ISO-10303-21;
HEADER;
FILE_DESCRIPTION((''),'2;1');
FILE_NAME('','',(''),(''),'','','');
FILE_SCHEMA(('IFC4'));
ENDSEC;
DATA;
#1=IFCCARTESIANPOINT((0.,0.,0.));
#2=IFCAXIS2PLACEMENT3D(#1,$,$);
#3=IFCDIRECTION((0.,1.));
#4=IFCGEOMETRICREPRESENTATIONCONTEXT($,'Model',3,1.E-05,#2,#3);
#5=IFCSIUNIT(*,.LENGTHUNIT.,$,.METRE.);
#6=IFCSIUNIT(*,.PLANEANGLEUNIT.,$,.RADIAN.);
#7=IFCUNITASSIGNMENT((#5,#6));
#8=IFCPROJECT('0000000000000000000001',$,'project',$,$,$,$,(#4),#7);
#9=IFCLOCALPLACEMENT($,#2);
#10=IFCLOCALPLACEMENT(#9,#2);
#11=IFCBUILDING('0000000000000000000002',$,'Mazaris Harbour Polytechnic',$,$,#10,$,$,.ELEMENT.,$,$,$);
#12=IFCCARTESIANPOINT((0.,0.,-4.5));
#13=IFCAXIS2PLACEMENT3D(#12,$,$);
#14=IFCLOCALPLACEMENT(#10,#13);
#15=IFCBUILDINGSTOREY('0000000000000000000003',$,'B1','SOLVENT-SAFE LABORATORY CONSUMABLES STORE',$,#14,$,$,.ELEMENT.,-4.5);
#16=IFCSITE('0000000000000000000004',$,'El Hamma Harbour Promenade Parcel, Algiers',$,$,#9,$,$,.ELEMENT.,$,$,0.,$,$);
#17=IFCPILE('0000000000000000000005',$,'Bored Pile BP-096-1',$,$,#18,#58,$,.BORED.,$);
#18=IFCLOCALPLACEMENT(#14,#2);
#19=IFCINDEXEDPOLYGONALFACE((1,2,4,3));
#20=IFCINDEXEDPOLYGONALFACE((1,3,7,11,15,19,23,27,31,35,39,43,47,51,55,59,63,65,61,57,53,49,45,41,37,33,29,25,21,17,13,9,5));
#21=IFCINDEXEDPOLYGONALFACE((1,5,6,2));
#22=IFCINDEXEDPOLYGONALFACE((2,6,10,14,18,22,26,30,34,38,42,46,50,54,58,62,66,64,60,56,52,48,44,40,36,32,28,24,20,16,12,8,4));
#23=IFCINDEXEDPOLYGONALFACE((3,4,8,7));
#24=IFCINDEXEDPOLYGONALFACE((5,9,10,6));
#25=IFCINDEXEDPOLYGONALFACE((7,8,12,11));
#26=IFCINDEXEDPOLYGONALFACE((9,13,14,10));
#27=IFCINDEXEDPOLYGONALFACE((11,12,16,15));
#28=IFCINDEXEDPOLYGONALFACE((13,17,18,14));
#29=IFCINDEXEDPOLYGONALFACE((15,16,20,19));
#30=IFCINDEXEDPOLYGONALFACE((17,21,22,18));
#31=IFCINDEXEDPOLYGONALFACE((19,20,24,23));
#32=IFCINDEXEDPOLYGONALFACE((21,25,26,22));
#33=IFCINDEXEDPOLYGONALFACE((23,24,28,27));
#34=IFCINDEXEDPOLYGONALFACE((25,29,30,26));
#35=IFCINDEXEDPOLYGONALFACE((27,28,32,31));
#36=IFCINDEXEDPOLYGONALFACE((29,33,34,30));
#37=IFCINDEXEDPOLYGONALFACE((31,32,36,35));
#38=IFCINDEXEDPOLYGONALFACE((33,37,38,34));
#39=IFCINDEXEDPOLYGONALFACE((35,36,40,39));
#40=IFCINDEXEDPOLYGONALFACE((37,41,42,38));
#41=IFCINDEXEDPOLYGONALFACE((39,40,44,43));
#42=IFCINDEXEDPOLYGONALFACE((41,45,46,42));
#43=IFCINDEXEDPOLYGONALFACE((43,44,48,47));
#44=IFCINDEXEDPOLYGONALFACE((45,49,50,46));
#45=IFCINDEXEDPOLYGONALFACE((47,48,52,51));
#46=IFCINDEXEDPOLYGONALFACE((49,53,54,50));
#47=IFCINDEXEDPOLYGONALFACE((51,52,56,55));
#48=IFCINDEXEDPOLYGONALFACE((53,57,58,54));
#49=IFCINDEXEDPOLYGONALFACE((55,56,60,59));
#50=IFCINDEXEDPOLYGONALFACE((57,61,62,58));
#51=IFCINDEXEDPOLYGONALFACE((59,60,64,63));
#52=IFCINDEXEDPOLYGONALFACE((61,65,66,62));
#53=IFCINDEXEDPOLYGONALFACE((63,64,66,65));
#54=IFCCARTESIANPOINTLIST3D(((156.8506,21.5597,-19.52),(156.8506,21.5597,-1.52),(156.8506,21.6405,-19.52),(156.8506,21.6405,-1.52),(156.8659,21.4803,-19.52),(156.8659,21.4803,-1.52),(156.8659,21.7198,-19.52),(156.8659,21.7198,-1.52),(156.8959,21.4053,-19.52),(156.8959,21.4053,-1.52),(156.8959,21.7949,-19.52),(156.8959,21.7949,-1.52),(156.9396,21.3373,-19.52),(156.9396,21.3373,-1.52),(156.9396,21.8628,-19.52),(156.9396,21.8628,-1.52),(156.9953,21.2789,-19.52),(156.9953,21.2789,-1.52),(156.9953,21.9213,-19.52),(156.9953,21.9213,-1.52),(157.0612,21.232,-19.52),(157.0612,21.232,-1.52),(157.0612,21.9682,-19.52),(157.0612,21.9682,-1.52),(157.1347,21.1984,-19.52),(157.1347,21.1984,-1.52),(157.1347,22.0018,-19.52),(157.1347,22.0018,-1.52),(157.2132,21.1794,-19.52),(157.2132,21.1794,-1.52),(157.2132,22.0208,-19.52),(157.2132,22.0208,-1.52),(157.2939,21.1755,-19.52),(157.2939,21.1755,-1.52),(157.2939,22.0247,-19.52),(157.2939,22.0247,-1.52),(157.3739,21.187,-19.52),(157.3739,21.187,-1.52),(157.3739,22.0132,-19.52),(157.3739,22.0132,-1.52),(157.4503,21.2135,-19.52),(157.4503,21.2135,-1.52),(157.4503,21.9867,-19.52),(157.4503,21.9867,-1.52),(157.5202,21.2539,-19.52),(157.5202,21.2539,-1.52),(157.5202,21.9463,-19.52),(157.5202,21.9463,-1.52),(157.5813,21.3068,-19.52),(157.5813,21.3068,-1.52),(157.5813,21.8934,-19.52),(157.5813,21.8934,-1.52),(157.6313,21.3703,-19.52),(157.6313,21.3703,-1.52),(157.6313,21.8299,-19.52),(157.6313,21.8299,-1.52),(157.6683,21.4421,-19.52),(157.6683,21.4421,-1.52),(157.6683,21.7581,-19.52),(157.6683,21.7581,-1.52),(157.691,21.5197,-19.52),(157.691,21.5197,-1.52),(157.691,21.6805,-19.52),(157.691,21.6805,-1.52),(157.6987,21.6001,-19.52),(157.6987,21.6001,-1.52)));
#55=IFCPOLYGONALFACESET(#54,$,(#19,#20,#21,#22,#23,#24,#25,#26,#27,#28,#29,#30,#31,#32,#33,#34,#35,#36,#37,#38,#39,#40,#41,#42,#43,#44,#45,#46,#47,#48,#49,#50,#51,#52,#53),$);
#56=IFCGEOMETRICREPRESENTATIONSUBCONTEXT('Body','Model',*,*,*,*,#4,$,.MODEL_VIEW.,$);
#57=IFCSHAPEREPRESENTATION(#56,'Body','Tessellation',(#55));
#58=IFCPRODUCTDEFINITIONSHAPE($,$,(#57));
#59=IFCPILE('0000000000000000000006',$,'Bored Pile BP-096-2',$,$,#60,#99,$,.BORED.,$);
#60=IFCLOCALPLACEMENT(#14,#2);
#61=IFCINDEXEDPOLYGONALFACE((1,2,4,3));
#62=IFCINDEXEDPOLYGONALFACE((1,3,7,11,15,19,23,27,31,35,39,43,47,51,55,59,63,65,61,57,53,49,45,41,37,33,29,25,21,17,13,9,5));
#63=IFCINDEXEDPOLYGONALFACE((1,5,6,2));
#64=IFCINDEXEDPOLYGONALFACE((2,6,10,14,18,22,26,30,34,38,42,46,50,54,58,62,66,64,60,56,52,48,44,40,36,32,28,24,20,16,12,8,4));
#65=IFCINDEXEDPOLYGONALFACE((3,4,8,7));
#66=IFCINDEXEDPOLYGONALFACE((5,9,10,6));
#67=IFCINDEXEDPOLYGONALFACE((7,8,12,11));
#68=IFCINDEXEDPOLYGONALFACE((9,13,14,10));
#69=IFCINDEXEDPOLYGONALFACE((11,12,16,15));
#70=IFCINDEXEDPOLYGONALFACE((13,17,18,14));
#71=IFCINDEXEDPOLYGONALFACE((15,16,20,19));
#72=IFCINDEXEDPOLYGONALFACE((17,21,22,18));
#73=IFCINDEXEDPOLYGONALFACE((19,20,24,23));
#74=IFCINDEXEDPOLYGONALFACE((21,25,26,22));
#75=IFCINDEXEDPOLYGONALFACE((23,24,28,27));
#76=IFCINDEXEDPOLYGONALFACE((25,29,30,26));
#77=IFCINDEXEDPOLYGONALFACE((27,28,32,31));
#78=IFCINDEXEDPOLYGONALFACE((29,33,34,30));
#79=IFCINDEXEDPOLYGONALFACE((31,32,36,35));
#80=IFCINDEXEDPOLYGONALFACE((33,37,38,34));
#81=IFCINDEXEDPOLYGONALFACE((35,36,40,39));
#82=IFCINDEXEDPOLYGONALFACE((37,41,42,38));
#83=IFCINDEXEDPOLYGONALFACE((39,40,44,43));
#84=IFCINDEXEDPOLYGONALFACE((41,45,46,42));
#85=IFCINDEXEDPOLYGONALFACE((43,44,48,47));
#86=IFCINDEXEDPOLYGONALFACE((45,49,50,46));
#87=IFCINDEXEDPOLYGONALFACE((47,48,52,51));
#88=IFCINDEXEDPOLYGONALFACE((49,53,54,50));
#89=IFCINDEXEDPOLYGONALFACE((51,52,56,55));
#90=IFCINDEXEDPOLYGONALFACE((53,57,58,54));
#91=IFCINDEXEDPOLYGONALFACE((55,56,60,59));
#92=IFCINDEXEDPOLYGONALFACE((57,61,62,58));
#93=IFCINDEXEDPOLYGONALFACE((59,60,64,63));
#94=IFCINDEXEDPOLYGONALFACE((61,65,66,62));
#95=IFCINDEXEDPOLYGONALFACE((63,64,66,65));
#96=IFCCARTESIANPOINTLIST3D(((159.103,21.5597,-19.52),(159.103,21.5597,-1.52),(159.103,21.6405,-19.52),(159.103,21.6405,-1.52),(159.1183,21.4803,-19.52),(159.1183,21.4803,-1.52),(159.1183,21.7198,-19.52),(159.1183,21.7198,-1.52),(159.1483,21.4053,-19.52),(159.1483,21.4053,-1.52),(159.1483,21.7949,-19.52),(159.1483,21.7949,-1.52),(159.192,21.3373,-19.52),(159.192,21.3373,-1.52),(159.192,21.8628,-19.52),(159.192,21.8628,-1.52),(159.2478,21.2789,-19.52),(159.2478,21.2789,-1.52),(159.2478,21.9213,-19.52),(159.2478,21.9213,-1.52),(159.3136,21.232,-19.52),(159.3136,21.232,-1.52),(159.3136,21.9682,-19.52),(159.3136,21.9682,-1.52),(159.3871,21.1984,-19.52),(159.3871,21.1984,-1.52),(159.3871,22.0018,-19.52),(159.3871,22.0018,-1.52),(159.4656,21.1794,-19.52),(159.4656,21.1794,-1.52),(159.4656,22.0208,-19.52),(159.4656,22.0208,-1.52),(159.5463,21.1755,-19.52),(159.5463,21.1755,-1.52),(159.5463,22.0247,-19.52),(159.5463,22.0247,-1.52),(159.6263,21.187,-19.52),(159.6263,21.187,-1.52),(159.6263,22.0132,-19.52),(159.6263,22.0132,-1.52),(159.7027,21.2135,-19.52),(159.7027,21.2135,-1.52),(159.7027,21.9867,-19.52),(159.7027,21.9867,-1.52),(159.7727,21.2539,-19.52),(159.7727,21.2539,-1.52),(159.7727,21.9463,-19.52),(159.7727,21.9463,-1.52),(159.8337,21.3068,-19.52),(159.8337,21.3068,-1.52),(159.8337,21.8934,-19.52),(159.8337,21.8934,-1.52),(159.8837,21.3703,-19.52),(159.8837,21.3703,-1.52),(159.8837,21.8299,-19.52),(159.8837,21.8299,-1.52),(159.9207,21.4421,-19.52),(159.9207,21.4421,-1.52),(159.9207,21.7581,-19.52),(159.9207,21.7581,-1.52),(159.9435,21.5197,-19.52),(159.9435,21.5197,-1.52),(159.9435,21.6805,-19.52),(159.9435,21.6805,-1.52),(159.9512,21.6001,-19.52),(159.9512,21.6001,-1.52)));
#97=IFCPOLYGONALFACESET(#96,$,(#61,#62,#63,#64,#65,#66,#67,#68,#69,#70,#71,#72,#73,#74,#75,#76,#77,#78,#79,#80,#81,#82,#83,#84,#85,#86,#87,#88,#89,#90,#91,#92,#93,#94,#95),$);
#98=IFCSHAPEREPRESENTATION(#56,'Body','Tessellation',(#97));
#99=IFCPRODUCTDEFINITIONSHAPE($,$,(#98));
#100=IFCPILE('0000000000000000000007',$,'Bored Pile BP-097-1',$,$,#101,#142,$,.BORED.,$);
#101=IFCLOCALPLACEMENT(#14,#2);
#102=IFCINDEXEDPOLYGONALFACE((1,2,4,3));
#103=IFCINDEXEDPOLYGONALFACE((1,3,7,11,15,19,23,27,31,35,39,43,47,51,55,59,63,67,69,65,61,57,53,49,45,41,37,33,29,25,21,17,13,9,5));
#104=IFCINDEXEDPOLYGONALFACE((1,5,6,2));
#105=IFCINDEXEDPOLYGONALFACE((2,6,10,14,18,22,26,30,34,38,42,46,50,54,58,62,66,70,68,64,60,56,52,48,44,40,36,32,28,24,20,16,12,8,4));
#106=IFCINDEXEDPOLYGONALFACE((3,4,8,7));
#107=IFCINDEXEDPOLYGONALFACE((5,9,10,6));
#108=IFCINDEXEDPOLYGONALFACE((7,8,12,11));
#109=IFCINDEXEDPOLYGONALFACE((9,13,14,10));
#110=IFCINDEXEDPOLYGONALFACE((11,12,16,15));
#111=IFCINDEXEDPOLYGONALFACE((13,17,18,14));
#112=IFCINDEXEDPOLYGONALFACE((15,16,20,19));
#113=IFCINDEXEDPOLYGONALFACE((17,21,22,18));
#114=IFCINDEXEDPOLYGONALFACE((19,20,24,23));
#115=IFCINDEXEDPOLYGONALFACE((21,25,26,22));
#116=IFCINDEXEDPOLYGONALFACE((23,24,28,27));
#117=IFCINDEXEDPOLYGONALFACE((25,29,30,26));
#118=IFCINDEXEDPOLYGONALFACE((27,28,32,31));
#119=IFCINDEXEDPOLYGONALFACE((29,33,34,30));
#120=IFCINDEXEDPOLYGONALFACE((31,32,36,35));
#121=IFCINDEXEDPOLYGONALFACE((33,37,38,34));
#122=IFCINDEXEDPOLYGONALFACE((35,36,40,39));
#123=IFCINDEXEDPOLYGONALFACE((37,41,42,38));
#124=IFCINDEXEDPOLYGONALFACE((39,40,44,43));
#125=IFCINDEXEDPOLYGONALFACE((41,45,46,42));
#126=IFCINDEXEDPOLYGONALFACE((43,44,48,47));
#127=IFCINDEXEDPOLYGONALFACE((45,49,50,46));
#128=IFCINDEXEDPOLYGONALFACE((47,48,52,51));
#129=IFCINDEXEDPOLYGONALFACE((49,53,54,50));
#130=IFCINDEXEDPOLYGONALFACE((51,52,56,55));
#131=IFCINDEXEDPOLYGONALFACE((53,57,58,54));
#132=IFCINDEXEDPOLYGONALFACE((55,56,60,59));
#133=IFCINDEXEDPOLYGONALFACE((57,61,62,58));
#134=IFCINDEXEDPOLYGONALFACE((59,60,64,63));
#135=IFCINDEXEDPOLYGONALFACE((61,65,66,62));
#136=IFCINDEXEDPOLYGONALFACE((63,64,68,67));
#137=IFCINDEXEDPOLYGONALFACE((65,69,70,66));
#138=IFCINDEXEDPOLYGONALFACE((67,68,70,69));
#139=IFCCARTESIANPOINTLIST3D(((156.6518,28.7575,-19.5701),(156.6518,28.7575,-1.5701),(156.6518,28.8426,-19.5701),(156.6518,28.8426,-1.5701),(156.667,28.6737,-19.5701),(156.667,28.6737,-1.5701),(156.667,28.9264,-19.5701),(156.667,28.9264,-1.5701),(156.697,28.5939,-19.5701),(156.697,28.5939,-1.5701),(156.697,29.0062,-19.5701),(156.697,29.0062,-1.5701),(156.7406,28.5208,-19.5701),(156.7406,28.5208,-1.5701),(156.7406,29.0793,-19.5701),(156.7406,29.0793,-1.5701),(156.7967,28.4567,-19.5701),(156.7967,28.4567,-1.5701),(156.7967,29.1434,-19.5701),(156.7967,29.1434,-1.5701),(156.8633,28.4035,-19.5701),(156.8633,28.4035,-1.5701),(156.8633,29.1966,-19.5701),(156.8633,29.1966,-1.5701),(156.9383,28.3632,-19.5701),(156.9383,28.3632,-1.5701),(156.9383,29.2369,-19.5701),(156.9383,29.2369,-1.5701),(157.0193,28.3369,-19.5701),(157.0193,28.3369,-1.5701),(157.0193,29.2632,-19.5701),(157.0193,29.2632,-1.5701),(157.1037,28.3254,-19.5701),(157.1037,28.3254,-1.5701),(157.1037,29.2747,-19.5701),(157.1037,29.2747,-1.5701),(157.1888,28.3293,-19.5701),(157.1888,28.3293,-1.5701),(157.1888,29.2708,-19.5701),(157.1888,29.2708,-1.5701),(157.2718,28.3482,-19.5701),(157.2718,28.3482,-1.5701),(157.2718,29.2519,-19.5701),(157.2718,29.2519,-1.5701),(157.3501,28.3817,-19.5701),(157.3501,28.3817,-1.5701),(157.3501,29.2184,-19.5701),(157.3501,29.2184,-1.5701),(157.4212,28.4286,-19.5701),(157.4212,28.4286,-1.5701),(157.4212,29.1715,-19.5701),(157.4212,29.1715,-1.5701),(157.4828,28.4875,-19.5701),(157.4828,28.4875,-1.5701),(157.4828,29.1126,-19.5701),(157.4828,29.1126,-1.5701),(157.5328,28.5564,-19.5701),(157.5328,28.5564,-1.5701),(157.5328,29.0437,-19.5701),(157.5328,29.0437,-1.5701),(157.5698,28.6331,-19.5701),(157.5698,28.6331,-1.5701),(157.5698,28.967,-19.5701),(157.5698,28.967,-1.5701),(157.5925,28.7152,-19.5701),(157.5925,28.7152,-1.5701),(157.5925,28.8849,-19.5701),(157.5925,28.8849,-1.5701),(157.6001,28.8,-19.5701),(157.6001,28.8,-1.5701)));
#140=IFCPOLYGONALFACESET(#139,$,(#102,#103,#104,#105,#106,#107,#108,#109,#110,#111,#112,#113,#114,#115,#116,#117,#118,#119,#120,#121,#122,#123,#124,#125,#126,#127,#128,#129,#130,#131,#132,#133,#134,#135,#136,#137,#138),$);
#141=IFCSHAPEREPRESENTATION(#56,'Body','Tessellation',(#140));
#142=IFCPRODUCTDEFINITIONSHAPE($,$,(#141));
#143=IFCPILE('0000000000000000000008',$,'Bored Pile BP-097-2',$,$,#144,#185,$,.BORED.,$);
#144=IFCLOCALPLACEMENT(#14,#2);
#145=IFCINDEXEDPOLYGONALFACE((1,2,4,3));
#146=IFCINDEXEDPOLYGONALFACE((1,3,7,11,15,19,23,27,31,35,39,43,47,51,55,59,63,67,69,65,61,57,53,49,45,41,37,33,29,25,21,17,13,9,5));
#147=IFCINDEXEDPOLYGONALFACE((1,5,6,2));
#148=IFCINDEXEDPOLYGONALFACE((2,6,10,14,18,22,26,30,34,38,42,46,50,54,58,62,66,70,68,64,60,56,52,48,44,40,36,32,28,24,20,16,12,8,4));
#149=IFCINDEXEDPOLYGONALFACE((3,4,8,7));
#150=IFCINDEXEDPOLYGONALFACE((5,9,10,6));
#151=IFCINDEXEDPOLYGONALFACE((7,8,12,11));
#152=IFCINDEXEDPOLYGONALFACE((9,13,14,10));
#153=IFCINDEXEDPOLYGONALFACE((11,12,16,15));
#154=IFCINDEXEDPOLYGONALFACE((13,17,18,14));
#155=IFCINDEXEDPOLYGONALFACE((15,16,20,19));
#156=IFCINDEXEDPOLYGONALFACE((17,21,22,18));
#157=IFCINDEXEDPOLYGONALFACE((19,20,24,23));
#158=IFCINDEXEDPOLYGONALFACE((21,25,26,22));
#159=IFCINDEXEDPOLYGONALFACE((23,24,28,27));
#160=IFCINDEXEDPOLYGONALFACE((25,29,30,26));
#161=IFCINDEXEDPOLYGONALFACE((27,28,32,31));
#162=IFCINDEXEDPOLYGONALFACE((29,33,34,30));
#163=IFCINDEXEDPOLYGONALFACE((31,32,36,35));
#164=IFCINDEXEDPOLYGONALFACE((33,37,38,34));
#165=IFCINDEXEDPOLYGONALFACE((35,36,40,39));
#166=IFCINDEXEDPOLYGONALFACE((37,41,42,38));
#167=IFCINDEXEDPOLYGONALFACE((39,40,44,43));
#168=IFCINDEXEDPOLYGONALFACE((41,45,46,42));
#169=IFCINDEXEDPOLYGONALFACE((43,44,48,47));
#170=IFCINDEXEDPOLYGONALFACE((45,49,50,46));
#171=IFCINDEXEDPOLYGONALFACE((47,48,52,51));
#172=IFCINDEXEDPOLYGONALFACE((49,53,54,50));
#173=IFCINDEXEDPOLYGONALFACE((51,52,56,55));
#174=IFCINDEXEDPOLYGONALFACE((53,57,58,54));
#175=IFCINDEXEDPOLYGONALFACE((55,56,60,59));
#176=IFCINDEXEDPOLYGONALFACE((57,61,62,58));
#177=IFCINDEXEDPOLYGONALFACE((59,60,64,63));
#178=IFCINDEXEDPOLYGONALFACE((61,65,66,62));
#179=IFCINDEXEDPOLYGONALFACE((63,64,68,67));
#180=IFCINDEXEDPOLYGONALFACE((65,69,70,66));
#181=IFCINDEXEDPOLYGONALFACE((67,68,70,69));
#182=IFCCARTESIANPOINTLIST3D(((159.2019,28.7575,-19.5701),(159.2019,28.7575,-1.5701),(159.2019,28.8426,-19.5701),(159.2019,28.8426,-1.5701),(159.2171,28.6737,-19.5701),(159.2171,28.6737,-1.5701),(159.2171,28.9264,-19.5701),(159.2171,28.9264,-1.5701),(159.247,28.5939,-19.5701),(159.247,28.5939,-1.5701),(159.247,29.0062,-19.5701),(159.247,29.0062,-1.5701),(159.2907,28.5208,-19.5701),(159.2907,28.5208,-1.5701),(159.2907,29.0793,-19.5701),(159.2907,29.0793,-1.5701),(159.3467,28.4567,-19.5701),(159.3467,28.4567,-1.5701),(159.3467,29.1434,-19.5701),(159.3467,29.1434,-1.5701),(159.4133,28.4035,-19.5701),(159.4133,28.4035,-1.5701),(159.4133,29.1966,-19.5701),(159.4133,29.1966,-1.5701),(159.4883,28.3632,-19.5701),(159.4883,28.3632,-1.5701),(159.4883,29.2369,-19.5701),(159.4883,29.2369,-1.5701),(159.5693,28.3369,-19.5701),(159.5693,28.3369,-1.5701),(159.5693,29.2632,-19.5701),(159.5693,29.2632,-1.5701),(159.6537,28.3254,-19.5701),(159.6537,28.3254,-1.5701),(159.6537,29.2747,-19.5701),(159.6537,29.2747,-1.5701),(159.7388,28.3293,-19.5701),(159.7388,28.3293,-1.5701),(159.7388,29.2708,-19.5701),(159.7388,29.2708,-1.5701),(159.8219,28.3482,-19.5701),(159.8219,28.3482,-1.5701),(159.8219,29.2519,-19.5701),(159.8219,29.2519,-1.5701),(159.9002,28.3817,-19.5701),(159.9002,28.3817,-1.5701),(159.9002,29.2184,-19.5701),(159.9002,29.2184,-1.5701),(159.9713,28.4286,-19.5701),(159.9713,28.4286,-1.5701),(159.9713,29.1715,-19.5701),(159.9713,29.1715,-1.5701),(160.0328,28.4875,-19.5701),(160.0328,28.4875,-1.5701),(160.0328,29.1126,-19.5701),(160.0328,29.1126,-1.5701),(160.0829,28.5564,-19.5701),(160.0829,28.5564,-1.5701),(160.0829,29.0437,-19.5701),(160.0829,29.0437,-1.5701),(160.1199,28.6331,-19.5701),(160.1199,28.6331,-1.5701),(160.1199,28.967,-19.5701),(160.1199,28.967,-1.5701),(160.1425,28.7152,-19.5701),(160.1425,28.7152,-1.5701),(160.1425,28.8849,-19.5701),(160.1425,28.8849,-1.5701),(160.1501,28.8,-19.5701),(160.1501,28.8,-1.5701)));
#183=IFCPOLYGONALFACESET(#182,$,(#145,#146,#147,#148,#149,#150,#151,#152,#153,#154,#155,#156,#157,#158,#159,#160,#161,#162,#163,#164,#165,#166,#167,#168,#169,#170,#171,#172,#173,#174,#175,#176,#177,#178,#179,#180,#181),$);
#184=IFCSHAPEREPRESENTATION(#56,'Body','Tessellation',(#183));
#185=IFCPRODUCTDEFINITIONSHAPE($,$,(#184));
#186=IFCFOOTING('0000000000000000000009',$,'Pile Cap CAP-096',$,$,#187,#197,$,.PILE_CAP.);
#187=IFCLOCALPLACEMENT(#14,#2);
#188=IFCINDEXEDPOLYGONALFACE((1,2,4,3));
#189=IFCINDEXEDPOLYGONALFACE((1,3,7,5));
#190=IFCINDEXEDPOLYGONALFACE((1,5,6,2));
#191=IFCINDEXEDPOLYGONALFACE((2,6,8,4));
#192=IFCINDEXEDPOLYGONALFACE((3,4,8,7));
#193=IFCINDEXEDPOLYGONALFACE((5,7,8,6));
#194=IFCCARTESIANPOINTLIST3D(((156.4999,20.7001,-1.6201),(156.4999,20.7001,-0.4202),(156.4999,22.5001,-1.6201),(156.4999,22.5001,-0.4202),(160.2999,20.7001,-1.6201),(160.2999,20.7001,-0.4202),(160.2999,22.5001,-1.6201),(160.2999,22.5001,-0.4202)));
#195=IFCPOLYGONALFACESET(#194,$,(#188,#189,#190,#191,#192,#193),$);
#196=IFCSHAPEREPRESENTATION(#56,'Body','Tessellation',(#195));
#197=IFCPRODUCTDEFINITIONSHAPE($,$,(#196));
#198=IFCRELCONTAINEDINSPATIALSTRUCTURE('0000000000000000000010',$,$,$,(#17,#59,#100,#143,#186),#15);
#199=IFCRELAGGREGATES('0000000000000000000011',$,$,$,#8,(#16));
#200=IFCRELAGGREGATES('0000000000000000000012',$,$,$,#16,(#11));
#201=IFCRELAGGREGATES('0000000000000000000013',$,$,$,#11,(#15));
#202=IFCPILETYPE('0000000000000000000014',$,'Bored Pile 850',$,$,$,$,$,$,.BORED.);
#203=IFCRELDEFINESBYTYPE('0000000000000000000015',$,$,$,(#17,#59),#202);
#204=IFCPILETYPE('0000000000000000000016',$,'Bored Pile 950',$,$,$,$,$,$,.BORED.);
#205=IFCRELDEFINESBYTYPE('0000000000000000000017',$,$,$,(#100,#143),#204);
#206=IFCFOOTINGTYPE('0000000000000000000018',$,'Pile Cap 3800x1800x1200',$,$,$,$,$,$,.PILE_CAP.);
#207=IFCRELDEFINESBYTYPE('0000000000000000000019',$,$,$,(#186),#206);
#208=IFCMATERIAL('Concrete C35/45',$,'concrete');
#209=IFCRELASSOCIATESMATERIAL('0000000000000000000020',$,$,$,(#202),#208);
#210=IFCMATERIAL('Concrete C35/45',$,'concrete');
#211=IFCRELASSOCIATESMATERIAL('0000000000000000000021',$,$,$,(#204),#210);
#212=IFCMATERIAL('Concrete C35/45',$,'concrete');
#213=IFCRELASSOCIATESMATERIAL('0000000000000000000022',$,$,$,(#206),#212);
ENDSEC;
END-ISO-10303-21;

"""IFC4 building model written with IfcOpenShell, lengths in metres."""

from ifc_helpers import new_model, si_unit, direction, frame, origin, origin_2d, place, context, subcontext, project, spatial, rectangle, circle, extrude, material, material_profile, profile_set, type_object, element, save


model = new_model("IFC4")

# Units and contexts
model_context = context("Model", 3, precision=1e-05, world=origin(), true_north=direction((0.0, 1.0)))
body_context = subcontext(model_context, "Body", "Model", "MODEL_VIEW")
ifc_project = project(units=[si_unit("LENGTHUNIT", "METRE"), si_unit("PLANEANGLEUNIT", "RADIAN")], contexts=[model_context])

# Site, building, storey
site_placement = place(None, origin())
site = spatial("IfcSite", under=ifc_project, at=site_placement, Name="El Hamma Harbour Promenade Parcel, Algiers", CompositionType="ELEMENT", RefElevation=0.0)
building_placement = place(site_placement, origin())
building = spatial("IfcBuilding", under=site, at=building_placement, Name="Mazaris Harbour Polytechnic", CompositionType="ELEMENT")
storey_placement = place(building_placement, frame((0.0, 0.0, -4.5)))
storey = spatial("IfcBuildingStorey", under=building, at=storey_placement, Name="B1", Description="SOLVENT-SAFE LABORATORY CONSUMABLES STORE", CompositionType="ELEMENT", Elevation=-4.5)

# Piles
ifc_material_1 = material(Name="Concrete C35/45", Category="concrete")
ifc_material_profile_1 = material_profile(ifc_material_1, circle(Radius=0.425, at=origin_2d()), Name="DIA850")
ifc_profile_set_1 = profile_set([ifc_material_profile_1], Name="Concrete C35/45")
pile_type_1 = type_object("IfcPileType", Name="Bored Pile 850", PredefinedType="BORED", material=ifc_profile_set_1)
for number, where, z_axis, x_axis, name in (
    (1, (157.2737, 21.6001, -1.52), (0.0, 0.0, -1.0), (1.0, 0.0, 0.0), "Bored Pile BP-096-1"),
    (2, (159.5261, 21.6001, -1.52), (0.0, 0.0, -1.0), (1.0, 0.0, 0.0), "Bored Pile BP-096-2"),
):
    element("IfcPile", number, at=place(storey_placement, frame(where, z_axis=z_axis, x_axis=x_axis)), inside=storey, type_object=pile_type_1, Name=name, PredefinedType="BORED", context=body_context, shape_type="SweptSolid", body=[
        extrude(circle(Radius=0.425, at=origin_2d()), origin(), (0.0, 0.0, 1.0), 18.0),
    ])
ifc_material_2 = material(Name="Concrete C35/45", Category="concrete")
ifc_material_profile_2 = material_profile(ifc_material_2, circle(Radius=0.4751, at=origin_2d()), Name="DIA950")
ifc_profile_set_2 = profile_set([ifc_material_profile_2], Name="Concrete C35/45")
pile_type_2 = type_object("IfcPileType", Name="Bored Pile 950", PredefinedType="BORED", material=ifc_profile_set_2)
for number, where, z_axis, x_axis, name in (
    (3, (157.125, 28.8, -1.5701), (0.0, 0.0, -1.0), (1.0, 0.0, 0.0), "Bored Pile BP-097-1"),
    (4, (159.675, 28.8, -1.5701), (0.0, 0.0, -1.0), (1.0, 0.0, 0.0), "Bored Pile BP-097-2"),
):
    element("IfcPile", number, at=place(storey_placement, frame(where, z_axis=z_axis, x_axis=x_axis)), inside=storey, type_object=pile_type_2, Name=name, PredefinedType="BORED", context=body_context, shape_type="SweptSolid", body=[
        extrude(circle(Radius=0.4751, at=origin_2d()), origin(), (0.0, 0.0, 1.0), 18.0),
    ])

# Footing
ifc_material_3 = material(Name="Concrete C35/45", Category="concrete")
footing_type_1 = type_object("IfcFootingType", Name="Pile Cap 3800x1800x1200", PredefinedType="PILE_CAP", material=ifc_material_3)
footing_1_placement = place(storey_placement, frame((158.3999, 21.6001, -1.6201), z_axis=(0.0, 0.0, 1.0), x_axis=(1.0, 0.0, 0.0)))
element("IfcFooting", 5, at=footing_1_placement, inside=storey, type_object=footing_type_1, Name="Pile Cap CAP-096", PredefinedType="PILE_CAP", context=body_context, shape_type="SweptSolid", body=[
    extrude(rectangle(XDim=3.8, YDim=1.8, at=origin_2d()), origin(), (0.0, 0.0, 1.0), 1.2),
])

save(model, "model.ifc")
